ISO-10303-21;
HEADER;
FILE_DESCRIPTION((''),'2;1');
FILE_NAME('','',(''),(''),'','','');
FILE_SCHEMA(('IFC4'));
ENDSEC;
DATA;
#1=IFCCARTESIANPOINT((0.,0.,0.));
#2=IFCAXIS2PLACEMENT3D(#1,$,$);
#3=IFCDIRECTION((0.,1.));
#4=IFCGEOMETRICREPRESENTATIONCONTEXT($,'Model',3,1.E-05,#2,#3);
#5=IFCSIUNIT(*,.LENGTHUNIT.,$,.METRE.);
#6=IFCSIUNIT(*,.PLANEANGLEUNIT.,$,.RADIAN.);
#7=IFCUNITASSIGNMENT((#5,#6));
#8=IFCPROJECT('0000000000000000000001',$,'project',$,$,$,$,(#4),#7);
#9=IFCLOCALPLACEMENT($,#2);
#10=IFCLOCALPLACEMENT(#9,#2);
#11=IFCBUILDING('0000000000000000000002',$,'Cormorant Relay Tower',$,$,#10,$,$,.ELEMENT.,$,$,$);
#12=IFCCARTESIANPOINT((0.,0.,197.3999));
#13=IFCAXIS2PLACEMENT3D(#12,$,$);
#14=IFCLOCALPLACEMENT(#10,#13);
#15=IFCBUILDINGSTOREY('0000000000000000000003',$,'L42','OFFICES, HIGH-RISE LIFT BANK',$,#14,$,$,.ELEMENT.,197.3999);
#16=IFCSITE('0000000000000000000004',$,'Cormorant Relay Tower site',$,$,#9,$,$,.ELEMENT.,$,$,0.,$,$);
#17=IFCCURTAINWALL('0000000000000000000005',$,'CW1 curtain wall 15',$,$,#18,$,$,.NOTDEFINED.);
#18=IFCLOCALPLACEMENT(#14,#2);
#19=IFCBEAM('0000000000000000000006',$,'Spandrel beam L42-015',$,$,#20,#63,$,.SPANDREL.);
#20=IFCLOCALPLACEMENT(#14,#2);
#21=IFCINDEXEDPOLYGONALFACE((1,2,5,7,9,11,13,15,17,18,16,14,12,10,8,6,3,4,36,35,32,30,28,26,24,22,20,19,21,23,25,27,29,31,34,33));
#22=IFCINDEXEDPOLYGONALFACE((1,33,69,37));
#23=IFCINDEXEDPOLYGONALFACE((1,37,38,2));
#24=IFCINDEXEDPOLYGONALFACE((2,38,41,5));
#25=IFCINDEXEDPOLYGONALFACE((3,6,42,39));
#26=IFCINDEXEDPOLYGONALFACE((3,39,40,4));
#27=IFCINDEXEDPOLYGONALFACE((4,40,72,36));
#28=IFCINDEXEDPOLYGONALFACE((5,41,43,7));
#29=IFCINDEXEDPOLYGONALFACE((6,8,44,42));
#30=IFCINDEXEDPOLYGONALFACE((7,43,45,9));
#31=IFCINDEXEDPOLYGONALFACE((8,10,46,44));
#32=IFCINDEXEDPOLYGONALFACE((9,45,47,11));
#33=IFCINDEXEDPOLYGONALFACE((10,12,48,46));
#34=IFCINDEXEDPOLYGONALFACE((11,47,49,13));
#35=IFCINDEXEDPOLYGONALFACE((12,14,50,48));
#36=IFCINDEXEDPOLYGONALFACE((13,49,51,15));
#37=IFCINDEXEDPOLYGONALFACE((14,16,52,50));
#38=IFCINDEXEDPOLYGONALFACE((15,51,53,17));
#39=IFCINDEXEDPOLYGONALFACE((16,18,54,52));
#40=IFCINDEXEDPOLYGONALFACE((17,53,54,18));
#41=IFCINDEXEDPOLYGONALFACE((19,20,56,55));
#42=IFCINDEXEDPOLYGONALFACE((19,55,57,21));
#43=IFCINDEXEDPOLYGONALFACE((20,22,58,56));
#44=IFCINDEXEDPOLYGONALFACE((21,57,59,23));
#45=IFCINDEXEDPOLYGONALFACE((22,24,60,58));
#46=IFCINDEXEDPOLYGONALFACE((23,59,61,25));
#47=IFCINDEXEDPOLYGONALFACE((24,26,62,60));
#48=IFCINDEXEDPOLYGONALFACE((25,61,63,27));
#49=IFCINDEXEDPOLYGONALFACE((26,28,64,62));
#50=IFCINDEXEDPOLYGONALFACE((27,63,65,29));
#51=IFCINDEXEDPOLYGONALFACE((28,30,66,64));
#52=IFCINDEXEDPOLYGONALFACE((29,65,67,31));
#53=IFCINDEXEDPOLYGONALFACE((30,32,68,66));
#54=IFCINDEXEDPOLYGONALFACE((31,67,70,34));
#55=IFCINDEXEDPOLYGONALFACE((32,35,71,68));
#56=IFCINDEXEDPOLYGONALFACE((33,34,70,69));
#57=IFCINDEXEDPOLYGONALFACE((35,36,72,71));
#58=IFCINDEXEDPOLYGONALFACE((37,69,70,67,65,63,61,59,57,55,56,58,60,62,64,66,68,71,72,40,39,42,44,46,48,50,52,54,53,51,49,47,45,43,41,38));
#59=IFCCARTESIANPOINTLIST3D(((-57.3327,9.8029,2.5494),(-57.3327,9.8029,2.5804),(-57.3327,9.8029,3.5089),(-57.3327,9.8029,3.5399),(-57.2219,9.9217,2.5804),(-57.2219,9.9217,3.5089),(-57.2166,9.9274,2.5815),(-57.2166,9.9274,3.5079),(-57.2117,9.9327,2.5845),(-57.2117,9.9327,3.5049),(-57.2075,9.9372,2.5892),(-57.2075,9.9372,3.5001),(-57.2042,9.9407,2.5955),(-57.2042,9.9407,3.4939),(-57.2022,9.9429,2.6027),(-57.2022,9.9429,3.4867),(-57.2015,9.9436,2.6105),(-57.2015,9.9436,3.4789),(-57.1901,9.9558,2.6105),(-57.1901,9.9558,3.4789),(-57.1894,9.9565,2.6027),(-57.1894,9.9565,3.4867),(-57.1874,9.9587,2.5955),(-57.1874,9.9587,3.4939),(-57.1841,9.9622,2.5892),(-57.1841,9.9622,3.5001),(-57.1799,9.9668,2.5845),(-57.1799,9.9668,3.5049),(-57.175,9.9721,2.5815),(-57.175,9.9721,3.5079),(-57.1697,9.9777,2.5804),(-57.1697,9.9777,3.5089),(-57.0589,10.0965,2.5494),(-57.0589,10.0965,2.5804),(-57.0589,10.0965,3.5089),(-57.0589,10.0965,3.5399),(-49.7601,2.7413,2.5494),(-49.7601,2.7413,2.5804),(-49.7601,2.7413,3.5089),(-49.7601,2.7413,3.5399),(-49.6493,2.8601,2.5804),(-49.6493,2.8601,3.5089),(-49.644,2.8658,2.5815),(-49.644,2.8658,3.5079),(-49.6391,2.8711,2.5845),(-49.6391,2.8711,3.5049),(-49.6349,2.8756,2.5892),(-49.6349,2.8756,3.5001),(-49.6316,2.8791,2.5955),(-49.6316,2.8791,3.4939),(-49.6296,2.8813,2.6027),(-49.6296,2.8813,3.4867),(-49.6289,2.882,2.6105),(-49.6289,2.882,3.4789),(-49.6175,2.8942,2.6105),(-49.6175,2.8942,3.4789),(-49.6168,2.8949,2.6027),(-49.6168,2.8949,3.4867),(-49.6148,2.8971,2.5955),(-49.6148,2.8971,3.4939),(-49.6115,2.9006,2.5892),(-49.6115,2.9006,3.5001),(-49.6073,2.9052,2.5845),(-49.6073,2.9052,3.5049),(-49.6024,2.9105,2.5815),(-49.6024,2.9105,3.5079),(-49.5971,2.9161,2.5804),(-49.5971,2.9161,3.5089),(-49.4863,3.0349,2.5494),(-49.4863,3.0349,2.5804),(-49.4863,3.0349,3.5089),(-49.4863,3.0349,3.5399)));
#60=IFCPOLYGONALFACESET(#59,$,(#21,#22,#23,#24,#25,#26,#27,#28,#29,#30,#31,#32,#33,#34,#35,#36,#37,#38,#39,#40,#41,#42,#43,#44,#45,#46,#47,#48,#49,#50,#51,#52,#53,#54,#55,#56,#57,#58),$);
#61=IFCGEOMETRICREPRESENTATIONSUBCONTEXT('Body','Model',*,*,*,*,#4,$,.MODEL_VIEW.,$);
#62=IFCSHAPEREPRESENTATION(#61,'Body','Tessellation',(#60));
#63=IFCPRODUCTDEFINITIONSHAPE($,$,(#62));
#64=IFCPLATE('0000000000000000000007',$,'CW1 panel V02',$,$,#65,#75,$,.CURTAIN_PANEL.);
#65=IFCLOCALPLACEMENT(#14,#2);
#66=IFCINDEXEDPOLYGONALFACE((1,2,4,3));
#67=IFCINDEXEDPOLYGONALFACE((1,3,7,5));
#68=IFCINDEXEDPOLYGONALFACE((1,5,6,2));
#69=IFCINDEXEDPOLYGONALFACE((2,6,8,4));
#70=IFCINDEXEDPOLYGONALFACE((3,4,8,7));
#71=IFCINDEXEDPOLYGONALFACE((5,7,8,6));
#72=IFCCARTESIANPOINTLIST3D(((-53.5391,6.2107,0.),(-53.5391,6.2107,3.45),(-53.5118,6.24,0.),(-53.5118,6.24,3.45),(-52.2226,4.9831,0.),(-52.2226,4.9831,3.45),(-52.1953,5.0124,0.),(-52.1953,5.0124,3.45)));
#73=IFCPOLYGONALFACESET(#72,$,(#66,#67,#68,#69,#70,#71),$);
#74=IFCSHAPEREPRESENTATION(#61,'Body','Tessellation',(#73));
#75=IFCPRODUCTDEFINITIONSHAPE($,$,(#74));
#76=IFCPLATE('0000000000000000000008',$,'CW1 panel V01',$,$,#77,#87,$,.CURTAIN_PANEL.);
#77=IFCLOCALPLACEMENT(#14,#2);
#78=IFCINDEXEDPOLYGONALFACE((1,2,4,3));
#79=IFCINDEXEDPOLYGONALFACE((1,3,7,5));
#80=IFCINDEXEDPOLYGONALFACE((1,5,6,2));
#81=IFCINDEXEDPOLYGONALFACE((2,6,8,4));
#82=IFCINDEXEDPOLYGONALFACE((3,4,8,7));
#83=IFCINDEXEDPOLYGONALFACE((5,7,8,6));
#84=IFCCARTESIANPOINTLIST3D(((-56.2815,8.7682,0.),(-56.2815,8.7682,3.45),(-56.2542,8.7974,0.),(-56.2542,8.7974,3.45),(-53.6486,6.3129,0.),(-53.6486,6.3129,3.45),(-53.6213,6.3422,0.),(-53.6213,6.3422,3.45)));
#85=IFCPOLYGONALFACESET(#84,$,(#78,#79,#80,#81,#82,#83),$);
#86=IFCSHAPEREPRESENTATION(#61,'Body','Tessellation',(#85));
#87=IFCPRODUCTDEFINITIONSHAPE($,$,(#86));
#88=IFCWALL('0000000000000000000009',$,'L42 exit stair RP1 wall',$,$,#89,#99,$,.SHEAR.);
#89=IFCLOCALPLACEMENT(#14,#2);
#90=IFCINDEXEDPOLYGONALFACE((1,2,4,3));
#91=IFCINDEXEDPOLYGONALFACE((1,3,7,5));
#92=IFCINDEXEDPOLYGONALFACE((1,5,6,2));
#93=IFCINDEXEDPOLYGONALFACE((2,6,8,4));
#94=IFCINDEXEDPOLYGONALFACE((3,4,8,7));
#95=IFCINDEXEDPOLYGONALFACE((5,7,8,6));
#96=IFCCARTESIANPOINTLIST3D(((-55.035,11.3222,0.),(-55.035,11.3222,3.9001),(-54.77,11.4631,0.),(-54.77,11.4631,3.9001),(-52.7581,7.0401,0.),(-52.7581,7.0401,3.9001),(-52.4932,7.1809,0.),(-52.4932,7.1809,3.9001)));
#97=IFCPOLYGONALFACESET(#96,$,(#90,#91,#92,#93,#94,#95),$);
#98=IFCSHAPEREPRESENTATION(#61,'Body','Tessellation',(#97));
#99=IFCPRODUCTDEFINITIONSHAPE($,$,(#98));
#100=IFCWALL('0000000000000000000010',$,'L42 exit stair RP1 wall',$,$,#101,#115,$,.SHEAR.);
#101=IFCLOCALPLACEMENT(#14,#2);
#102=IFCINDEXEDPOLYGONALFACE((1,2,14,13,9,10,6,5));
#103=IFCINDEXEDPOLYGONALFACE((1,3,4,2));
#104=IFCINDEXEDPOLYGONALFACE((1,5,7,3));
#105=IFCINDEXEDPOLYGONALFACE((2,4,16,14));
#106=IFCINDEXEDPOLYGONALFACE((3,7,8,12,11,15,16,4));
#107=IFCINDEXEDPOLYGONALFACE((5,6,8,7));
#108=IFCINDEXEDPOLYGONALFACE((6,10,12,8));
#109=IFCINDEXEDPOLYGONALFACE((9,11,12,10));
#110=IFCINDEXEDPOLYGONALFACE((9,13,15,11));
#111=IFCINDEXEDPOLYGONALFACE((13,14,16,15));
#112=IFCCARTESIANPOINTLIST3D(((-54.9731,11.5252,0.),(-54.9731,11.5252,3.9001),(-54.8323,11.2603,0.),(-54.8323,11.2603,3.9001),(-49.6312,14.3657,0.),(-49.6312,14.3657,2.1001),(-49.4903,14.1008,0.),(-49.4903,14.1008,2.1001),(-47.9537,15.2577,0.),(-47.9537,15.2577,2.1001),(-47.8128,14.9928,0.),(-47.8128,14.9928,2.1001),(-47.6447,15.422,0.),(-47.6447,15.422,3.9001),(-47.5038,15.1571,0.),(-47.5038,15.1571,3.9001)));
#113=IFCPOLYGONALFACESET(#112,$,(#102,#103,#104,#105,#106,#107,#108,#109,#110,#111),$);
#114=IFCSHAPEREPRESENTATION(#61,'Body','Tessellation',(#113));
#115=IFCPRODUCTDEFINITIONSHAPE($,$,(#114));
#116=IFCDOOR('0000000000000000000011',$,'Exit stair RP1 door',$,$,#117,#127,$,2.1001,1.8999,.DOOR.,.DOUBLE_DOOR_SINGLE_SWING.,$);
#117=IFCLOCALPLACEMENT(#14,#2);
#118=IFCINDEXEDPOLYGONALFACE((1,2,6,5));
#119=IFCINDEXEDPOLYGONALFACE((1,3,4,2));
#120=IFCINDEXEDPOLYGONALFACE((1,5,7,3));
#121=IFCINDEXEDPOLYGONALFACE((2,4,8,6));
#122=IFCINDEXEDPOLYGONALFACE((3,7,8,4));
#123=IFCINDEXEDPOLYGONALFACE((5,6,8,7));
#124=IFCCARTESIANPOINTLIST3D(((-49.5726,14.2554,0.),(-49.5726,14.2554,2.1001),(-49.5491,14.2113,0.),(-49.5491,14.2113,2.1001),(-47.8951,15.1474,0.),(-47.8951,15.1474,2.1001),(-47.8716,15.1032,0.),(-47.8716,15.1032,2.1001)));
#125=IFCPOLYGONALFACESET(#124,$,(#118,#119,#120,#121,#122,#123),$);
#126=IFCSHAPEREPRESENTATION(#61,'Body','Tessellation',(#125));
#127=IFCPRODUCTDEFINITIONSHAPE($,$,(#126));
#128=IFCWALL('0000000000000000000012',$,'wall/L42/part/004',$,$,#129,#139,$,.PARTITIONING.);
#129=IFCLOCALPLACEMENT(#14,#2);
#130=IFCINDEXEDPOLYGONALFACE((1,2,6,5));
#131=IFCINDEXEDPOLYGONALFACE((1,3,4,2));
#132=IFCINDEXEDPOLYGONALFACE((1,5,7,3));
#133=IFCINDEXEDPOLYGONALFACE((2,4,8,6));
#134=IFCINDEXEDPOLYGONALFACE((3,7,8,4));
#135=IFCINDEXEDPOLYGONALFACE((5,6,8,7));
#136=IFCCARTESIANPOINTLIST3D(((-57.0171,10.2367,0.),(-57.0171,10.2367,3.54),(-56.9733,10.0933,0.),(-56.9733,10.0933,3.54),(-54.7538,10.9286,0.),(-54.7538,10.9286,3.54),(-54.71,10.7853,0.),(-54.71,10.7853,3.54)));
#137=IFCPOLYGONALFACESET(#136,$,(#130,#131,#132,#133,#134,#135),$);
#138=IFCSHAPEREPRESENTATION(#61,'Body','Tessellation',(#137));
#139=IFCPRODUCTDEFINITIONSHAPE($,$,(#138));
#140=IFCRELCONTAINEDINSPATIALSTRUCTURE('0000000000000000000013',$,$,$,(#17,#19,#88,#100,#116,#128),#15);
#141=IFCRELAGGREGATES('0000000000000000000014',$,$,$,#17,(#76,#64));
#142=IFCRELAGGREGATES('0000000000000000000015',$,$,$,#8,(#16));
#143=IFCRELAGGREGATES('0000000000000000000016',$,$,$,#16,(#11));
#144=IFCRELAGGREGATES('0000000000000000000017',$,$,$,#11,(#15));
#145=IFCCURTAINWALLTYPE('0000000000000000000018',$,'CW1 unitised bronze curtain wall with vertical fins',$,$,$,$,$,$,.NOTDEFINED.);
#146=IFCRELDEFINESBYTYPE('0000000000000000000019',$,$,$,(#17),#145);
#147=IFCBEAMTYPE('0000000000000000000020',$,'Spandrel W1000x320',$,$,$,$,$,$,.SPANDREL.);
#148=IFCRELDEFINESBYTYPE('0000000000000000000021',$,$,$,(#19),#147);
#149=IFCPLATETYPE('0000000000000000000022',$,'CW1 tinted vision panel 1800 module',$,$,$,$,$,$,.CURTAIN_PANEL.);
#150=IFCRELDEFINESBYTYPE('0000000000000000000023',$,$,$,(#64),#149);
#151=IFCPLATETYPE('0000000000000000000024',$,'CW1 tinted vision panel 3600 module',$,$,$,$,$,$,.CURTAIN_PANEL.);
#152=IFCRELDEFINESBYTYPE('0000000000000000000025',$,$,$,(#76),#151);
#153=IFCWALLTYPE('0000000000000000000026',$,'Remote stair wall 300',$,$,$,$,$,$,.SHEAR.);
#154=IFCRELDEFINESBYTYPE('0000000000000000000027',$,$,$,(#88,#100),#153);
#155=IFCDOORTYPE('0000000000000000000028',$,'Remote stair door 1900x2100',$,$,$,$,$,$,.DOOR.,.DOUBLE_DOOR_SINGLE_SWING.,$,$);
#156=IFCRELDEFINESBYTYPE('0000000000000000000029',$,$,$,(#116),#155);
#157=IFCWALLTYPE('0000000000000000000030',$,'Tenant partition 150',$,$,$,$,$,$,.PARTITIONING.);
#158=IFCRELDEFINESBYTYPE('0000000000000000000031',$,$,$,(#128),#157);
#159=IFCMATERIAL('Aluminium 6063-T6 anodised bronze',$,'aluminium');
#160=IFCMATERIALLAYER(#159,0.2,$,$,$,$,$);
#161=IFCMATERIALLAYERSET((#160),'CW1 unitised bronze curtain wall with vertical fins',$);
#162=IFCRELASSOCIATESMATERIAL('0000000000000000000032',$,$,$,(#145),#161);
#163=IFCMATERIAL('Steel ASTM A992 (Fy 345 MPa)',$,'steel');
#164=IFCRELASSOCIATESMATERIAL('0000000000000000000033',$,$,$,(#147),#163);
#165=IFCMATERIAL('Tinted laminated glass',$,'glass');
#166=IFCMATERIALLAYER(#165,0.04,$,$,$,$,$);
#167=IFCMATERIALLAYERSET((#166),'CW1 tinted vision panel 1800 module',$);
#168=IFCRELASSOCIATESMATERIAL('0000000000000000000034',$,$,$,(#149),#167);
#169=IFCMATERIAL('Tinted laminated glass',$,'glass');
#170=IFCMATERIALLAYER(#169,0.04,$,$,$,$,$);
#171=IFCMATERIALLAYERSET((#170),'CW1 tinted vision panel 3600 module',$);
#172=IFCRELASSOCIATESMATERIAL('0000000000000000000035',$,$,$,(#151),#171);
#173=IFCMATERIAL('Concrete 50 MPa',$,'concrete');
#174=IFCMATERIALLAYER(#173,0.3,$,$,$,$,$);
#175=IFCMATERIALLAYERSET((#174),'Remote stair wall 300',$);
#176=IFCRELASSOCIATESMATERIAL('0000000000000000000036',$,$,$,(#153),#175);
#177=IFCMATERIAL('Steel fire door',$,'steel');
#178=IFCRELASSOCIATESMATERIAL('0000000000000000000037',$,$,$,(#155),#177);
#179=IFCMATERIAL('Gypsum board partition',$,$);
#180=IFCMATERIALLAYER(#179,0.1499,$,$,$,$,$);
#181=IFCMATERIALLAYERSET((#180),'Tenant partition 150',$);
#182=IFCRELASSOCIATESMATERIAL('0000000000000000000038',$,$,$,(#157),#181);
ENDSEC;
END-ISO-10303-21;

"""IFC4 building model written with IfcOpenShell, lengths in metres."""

from ifc_helpers import new_model, si_unit, direction, frame, frame_2d, origin, origin_2d, place, context, subcontext, project, spatial, rectangle, i_section, extrude, material, layer, layer_set, material_profile, profile_set, type_object, element, fill, aggregate, save


model = new_model("IFC4")

# Units and contexts
model_context = context("Model", 3, precision=1e-05, world=origin(), true_north=direction((0.0, 1.0)))
body_context = subcontext(model_context, "Body", "Model", "MODEL_VIEW")
ifc_project = project(units=[si_unit("LENGTHUNIT", "METRE"), si_unit("PLANEANGLEUNIT", "RADIAN")], contexts=[model_context])

# Site, building, storey
site_placement = place(None, origin())
site = spatial("IfcSite", under=ifc_project, at=site_placement, Name="Cormorant Relay Tower site", CompositionType="ELEMENT", RefElevation=0.0)
building_placement = place(site_placement, origin())
building = spatial("IfcBuilding", under=site, at=building_placement, Name="Cormorant Relay Tower", CompositionType="ELEMENT")
storey_placement = place(building_placement, frame((0.0, 0.0, 197.3999)))
storey = spatial("IfcBuildingStorey", under=building, at=storey_placement, Name="L42", Description="OFFICES, HIGH-RISE LIFT BANK", CompositionType="ELEMENT", Elevation=197.3999)

# Curtain wall
ifc_material_1 = material(Name="Aluminium 6063-T6 anodised bronze", Category="aluminium")
ifc_layer_1 = layer(ifc_material_1, 0.2)
ifc_layer_set_1 = layer_set([ifc_layer_1], Name="CW1 unitised bronze curtain wall with vertical fins")
curtain_wall_type = type_object("IfcCurtainWallType", Name="CW1 unitised bronze curtain wall with vertical fins", PredefinedType="NOTDEFINED", material=ifc_layer_set_1)
curtain_wall_1_placement = place(storey_placement, origin())
curtain_wall_1 = element("IfcCurtainWall", 1, at=curtain_wall_1_placement, inside=storey, type_object=curtain_wall_type, Name="CW1 curtain wall 15", PredefinedType="NOTDEFINED")

# Beam
ifc_material_2 = material(Name="Steel ASTM A992 (Fy 345 MPa)", Category="steel")
ifc_material_profile_1 = material_profile(ifc_material_2, i_section(OverallWidth=0.4014, OverallDepth=0.9905, WebThickness=0.0166, FlangeThickness=0.031, FilletRadius=0.03, at=origin_2d()), Name="W1000x320")
ifc_profile_set_1 = profile_set([ifc_material_profile_1], Name="Steel ASTM A992 (Fy 345 MPa)")
beam_type = type_object("IfcBeamType", Name="Spandrel W1000x320", PredefinedType="SPANDREL", material=ifc_profile_set_1)
beam_placement = place(storey_placement, frame((-57.1958, 9.9497, 3.0447), z_axis=(0.731352, -0.682001, 0.0), x_axis=(0.682001, 0.731352, 0.0)))
element("IfcBeam", 2, at=beam_placement, inside=storey, type_object=beam_type, Name="Spandrel beam L42-015", PredefinedType="SPANDREL", context=body_context, shape_type="SweptSolid", body=[
    extrude(i_section(OverallWidth=0.4014, OverallDepth=0.9905, WebThickness=0.0166, FlangeThickness=0.031, FilletRadius=0.03, at=origin_2d()), origin(), (0.0, 0.0, 1.0), 10.3542),
])

# Plates
ifc_material_3 = material(Name="Tinted laminated glass", Category="glass")
ifc_layer_2 = layer(ifc_material_3, 0.04)
ifc_layer_set_2 = layer_set([ifc_layer_2], Name="CW1 tinted vision panel 1800 module")
plate_type_1 = type_object("IfcPlateType", Name="CW1 tinted vision panel 1800 module", PredefinedType="CURTAIN_PANEL", material=ifc_layer_set_2)
plate_1_placement = place(storey_placement, frame((-52.8672, 5.6116, 0.0), z_axis=(0.0, 0.0, 1.0), x_axis=(0.731354, -0.681998, 0.0)))
plate_1 = element("IfcPlate", 3, at=plate_1_placement, type_object=plate_type_1, Name="CW1 panel V02", PredefinedType="CURTAIN_PANEL", context=body_context, shape_type="SweptSolid", body=[
    extrude(rectangle(XDim=1.8, YDim=0.04, at=origin_2d()), origin(), (0.0, 0.0, 1.0), 3.45),
])
ifc_material_4 = material(Name="Tinted laminated glass", Category="glass")
ifc_layer_3 = layer(ifc_material_4, 0.04)
ifc_layer_set_3 = layer_set([ifc_layer_3], Name="CW1 tinted vision panel 3600 module")
plate_type_2 = type_object("IfcPlateType", Name="CW1 tinted vision panel 3600 module", PredefinedType="CURTAIN_PANEL", material=ifc_layer_set_3)
plate_2_placement = place(storey_placement, frame((-54.9514, 7.5552, 0.0), z_axis=(0.0, 0.0, 1.0), x_axis=(0.731354, -0.681998, 0.0)))
plate_2 = element("IfcPlate", 4, at=plate_2_placement, type_object=plate_type_2, Name="CW1 panel V01", PredefinedType="CURTAIN_PANEL", context=body_context, shape_type="SweptSolid", body=[
    extrude(rectangle(XDim=3.6001, YDim=0.04, at=origin_2d()), origin(), (0.0, 0.0, 1.0), 3.45),
])

# Wall
ifc_material_5 = material(Name="Concrete 50 MPa", Category="concrete")
ifc_layer_4 = layer(ifc_material_5, 0.3)
ifc_layer_set_4 = layer_set([ifc_layer_4], Name="Remote stair wall 300")
wall_type_1 = type_object("IfcWallType", Name="Remote stair wall 300", PredefinedType="SHEAR", material=ifc_layer_set_4)
wall_1_placement = place(storey_placement, frame((-52.6257, 7.1106, 0.0), z_axis=(0.0, 0.0, 1.0), x_axis=(-0.469464, 0.882951, 0.0)))
element("IfcWall", 5, at=wall_1_placement, inside=storey, type_object=wall_type_1, Name="L42 exit stair RP1 wall", PredefinedType="SHEAR", context=body_context, shape_type="SweptSolid", body=[
    extrude(rectangle(XDim=4.8499, YDim=0.3, at=frame_2d((2.4248, 0.0))), origin(), (0.0, 0.0, 1.0), 3.9001),
])

# Wall, opening, door
wall_2_placement = place(storey_placement, frame((-54.9026, 11.3928, 0.0), z_axis=(0.0, 0.0, 1.0), x_axis=(0.882939, 0.469487, 0.0)))
wall_2 = element("IfcWall", 6, at=wall_2_placement, inside=storey, type_object=wall_type_1, Name="L42 exit stair RP1 wall", PredefinedType="SHEAR", context=body_context, shape_type="SweptSolid", body=[
    extrude(rectangle(XDim=8.3, YDim=0.3, at=frame_2d((4.1499, 0.0))), origin(), (0.0, 0.0, 1.0), 3.9001),
])
opening_placement = place(wall_2_placement, frame((6.05, 0.0, 0.0)))
opening = element("IfcOpeningElement", 7, at=opening_placement, cuts=wall_2, PredefinedType="OPENING", context=body_context, shape_type="SweptSolid", body=[
    extrude(rectangle(XDim=1.8999, YDim=2.1001, at=frame_2d((0.95, 1.05))), frame((0.0, 0.1599, 0.0), z_axis=(0.0, -1.0, 0.0), x_axis=(1.0, 0.0, 0.0)), (0.0, 0.0, 1.0), 0.3201),
])
ifc_material_6 = material(Name="Steel fire door", Category="steel")
door_type = type_object("IfcDoorType", Name="Remote stair door 1900x2100", OperationType="DOUBLE_DOOR_SINGLE_SWING", PredefinedType="DOOR", material=ifc_material_6)
door_placement = place(opening_placement, frame((1.8999, 0.0, 0.0), z_axis=(0.0, 0.0, 1.0), x_axis=(-1.0, 0.0, 0.0)))
door = element("IfcDoor", 8, at=door_placement, inside=storey, type_object=door_type, Name="Exit stair RP1 door", OperationType="DOUBLE_DOOR_SINGLE_SWING", OverallHeight=2.1001, OverallWidth=1.8999, PredefinedType="DOOR", context=body_context, shape_type="SweptSolid", body=[
    extrude(rectangle(XDim=1.8999, YDim=2.1001, at=frame_2d((0.95, 1.05))), frame((0.0, 0.0249, 0.0), z_axis=(0.0, -1.0, 0.0), x_axis=(1.0, 0.0, 0.0)), (0.0, 0.0, 1.0), 0.05),
])
fill(opening, door)

# Wall
ifc_material_7 = material(Name="Gypsum board partition")
ifc_layer_5 = layer(ifc_material_7, 0.1499)
ifc_layer_set_5 = layer_set([ifc_layer_5], Name="Tenant partition 150")
wall_type_2 = type_object("IfcWallType", Name="Tenant partition 150", PredefinedType="PARTITIONING", material=ifc_layer_set_5)
wall_3_placement = place(storey_placement, frame((-54.7319, 10.8569, 0.0), z_axis=(0.0, 0.0, 1.0), x_axis=(-0.956308, -0.29236, 0.0)))
element("IfcWall", 9, at=wall_3_placement, inside=storey, type_object=wall_type_2, Name="wall/L42/part/004", PredefinedType="PARTITIONING", context=body_context, shape_type="SweptSolid", body=[
    extrude(rectangle(XDim=2.3667, YDim=0.1499, at=frame_2d((1.1833, 0.0))), origin(), (0.0, 0.0, 1.0), 3.54),
])

aggregate(curtain_wall_1, [plate_2, plate_1])

save(model, "model.ifc")
